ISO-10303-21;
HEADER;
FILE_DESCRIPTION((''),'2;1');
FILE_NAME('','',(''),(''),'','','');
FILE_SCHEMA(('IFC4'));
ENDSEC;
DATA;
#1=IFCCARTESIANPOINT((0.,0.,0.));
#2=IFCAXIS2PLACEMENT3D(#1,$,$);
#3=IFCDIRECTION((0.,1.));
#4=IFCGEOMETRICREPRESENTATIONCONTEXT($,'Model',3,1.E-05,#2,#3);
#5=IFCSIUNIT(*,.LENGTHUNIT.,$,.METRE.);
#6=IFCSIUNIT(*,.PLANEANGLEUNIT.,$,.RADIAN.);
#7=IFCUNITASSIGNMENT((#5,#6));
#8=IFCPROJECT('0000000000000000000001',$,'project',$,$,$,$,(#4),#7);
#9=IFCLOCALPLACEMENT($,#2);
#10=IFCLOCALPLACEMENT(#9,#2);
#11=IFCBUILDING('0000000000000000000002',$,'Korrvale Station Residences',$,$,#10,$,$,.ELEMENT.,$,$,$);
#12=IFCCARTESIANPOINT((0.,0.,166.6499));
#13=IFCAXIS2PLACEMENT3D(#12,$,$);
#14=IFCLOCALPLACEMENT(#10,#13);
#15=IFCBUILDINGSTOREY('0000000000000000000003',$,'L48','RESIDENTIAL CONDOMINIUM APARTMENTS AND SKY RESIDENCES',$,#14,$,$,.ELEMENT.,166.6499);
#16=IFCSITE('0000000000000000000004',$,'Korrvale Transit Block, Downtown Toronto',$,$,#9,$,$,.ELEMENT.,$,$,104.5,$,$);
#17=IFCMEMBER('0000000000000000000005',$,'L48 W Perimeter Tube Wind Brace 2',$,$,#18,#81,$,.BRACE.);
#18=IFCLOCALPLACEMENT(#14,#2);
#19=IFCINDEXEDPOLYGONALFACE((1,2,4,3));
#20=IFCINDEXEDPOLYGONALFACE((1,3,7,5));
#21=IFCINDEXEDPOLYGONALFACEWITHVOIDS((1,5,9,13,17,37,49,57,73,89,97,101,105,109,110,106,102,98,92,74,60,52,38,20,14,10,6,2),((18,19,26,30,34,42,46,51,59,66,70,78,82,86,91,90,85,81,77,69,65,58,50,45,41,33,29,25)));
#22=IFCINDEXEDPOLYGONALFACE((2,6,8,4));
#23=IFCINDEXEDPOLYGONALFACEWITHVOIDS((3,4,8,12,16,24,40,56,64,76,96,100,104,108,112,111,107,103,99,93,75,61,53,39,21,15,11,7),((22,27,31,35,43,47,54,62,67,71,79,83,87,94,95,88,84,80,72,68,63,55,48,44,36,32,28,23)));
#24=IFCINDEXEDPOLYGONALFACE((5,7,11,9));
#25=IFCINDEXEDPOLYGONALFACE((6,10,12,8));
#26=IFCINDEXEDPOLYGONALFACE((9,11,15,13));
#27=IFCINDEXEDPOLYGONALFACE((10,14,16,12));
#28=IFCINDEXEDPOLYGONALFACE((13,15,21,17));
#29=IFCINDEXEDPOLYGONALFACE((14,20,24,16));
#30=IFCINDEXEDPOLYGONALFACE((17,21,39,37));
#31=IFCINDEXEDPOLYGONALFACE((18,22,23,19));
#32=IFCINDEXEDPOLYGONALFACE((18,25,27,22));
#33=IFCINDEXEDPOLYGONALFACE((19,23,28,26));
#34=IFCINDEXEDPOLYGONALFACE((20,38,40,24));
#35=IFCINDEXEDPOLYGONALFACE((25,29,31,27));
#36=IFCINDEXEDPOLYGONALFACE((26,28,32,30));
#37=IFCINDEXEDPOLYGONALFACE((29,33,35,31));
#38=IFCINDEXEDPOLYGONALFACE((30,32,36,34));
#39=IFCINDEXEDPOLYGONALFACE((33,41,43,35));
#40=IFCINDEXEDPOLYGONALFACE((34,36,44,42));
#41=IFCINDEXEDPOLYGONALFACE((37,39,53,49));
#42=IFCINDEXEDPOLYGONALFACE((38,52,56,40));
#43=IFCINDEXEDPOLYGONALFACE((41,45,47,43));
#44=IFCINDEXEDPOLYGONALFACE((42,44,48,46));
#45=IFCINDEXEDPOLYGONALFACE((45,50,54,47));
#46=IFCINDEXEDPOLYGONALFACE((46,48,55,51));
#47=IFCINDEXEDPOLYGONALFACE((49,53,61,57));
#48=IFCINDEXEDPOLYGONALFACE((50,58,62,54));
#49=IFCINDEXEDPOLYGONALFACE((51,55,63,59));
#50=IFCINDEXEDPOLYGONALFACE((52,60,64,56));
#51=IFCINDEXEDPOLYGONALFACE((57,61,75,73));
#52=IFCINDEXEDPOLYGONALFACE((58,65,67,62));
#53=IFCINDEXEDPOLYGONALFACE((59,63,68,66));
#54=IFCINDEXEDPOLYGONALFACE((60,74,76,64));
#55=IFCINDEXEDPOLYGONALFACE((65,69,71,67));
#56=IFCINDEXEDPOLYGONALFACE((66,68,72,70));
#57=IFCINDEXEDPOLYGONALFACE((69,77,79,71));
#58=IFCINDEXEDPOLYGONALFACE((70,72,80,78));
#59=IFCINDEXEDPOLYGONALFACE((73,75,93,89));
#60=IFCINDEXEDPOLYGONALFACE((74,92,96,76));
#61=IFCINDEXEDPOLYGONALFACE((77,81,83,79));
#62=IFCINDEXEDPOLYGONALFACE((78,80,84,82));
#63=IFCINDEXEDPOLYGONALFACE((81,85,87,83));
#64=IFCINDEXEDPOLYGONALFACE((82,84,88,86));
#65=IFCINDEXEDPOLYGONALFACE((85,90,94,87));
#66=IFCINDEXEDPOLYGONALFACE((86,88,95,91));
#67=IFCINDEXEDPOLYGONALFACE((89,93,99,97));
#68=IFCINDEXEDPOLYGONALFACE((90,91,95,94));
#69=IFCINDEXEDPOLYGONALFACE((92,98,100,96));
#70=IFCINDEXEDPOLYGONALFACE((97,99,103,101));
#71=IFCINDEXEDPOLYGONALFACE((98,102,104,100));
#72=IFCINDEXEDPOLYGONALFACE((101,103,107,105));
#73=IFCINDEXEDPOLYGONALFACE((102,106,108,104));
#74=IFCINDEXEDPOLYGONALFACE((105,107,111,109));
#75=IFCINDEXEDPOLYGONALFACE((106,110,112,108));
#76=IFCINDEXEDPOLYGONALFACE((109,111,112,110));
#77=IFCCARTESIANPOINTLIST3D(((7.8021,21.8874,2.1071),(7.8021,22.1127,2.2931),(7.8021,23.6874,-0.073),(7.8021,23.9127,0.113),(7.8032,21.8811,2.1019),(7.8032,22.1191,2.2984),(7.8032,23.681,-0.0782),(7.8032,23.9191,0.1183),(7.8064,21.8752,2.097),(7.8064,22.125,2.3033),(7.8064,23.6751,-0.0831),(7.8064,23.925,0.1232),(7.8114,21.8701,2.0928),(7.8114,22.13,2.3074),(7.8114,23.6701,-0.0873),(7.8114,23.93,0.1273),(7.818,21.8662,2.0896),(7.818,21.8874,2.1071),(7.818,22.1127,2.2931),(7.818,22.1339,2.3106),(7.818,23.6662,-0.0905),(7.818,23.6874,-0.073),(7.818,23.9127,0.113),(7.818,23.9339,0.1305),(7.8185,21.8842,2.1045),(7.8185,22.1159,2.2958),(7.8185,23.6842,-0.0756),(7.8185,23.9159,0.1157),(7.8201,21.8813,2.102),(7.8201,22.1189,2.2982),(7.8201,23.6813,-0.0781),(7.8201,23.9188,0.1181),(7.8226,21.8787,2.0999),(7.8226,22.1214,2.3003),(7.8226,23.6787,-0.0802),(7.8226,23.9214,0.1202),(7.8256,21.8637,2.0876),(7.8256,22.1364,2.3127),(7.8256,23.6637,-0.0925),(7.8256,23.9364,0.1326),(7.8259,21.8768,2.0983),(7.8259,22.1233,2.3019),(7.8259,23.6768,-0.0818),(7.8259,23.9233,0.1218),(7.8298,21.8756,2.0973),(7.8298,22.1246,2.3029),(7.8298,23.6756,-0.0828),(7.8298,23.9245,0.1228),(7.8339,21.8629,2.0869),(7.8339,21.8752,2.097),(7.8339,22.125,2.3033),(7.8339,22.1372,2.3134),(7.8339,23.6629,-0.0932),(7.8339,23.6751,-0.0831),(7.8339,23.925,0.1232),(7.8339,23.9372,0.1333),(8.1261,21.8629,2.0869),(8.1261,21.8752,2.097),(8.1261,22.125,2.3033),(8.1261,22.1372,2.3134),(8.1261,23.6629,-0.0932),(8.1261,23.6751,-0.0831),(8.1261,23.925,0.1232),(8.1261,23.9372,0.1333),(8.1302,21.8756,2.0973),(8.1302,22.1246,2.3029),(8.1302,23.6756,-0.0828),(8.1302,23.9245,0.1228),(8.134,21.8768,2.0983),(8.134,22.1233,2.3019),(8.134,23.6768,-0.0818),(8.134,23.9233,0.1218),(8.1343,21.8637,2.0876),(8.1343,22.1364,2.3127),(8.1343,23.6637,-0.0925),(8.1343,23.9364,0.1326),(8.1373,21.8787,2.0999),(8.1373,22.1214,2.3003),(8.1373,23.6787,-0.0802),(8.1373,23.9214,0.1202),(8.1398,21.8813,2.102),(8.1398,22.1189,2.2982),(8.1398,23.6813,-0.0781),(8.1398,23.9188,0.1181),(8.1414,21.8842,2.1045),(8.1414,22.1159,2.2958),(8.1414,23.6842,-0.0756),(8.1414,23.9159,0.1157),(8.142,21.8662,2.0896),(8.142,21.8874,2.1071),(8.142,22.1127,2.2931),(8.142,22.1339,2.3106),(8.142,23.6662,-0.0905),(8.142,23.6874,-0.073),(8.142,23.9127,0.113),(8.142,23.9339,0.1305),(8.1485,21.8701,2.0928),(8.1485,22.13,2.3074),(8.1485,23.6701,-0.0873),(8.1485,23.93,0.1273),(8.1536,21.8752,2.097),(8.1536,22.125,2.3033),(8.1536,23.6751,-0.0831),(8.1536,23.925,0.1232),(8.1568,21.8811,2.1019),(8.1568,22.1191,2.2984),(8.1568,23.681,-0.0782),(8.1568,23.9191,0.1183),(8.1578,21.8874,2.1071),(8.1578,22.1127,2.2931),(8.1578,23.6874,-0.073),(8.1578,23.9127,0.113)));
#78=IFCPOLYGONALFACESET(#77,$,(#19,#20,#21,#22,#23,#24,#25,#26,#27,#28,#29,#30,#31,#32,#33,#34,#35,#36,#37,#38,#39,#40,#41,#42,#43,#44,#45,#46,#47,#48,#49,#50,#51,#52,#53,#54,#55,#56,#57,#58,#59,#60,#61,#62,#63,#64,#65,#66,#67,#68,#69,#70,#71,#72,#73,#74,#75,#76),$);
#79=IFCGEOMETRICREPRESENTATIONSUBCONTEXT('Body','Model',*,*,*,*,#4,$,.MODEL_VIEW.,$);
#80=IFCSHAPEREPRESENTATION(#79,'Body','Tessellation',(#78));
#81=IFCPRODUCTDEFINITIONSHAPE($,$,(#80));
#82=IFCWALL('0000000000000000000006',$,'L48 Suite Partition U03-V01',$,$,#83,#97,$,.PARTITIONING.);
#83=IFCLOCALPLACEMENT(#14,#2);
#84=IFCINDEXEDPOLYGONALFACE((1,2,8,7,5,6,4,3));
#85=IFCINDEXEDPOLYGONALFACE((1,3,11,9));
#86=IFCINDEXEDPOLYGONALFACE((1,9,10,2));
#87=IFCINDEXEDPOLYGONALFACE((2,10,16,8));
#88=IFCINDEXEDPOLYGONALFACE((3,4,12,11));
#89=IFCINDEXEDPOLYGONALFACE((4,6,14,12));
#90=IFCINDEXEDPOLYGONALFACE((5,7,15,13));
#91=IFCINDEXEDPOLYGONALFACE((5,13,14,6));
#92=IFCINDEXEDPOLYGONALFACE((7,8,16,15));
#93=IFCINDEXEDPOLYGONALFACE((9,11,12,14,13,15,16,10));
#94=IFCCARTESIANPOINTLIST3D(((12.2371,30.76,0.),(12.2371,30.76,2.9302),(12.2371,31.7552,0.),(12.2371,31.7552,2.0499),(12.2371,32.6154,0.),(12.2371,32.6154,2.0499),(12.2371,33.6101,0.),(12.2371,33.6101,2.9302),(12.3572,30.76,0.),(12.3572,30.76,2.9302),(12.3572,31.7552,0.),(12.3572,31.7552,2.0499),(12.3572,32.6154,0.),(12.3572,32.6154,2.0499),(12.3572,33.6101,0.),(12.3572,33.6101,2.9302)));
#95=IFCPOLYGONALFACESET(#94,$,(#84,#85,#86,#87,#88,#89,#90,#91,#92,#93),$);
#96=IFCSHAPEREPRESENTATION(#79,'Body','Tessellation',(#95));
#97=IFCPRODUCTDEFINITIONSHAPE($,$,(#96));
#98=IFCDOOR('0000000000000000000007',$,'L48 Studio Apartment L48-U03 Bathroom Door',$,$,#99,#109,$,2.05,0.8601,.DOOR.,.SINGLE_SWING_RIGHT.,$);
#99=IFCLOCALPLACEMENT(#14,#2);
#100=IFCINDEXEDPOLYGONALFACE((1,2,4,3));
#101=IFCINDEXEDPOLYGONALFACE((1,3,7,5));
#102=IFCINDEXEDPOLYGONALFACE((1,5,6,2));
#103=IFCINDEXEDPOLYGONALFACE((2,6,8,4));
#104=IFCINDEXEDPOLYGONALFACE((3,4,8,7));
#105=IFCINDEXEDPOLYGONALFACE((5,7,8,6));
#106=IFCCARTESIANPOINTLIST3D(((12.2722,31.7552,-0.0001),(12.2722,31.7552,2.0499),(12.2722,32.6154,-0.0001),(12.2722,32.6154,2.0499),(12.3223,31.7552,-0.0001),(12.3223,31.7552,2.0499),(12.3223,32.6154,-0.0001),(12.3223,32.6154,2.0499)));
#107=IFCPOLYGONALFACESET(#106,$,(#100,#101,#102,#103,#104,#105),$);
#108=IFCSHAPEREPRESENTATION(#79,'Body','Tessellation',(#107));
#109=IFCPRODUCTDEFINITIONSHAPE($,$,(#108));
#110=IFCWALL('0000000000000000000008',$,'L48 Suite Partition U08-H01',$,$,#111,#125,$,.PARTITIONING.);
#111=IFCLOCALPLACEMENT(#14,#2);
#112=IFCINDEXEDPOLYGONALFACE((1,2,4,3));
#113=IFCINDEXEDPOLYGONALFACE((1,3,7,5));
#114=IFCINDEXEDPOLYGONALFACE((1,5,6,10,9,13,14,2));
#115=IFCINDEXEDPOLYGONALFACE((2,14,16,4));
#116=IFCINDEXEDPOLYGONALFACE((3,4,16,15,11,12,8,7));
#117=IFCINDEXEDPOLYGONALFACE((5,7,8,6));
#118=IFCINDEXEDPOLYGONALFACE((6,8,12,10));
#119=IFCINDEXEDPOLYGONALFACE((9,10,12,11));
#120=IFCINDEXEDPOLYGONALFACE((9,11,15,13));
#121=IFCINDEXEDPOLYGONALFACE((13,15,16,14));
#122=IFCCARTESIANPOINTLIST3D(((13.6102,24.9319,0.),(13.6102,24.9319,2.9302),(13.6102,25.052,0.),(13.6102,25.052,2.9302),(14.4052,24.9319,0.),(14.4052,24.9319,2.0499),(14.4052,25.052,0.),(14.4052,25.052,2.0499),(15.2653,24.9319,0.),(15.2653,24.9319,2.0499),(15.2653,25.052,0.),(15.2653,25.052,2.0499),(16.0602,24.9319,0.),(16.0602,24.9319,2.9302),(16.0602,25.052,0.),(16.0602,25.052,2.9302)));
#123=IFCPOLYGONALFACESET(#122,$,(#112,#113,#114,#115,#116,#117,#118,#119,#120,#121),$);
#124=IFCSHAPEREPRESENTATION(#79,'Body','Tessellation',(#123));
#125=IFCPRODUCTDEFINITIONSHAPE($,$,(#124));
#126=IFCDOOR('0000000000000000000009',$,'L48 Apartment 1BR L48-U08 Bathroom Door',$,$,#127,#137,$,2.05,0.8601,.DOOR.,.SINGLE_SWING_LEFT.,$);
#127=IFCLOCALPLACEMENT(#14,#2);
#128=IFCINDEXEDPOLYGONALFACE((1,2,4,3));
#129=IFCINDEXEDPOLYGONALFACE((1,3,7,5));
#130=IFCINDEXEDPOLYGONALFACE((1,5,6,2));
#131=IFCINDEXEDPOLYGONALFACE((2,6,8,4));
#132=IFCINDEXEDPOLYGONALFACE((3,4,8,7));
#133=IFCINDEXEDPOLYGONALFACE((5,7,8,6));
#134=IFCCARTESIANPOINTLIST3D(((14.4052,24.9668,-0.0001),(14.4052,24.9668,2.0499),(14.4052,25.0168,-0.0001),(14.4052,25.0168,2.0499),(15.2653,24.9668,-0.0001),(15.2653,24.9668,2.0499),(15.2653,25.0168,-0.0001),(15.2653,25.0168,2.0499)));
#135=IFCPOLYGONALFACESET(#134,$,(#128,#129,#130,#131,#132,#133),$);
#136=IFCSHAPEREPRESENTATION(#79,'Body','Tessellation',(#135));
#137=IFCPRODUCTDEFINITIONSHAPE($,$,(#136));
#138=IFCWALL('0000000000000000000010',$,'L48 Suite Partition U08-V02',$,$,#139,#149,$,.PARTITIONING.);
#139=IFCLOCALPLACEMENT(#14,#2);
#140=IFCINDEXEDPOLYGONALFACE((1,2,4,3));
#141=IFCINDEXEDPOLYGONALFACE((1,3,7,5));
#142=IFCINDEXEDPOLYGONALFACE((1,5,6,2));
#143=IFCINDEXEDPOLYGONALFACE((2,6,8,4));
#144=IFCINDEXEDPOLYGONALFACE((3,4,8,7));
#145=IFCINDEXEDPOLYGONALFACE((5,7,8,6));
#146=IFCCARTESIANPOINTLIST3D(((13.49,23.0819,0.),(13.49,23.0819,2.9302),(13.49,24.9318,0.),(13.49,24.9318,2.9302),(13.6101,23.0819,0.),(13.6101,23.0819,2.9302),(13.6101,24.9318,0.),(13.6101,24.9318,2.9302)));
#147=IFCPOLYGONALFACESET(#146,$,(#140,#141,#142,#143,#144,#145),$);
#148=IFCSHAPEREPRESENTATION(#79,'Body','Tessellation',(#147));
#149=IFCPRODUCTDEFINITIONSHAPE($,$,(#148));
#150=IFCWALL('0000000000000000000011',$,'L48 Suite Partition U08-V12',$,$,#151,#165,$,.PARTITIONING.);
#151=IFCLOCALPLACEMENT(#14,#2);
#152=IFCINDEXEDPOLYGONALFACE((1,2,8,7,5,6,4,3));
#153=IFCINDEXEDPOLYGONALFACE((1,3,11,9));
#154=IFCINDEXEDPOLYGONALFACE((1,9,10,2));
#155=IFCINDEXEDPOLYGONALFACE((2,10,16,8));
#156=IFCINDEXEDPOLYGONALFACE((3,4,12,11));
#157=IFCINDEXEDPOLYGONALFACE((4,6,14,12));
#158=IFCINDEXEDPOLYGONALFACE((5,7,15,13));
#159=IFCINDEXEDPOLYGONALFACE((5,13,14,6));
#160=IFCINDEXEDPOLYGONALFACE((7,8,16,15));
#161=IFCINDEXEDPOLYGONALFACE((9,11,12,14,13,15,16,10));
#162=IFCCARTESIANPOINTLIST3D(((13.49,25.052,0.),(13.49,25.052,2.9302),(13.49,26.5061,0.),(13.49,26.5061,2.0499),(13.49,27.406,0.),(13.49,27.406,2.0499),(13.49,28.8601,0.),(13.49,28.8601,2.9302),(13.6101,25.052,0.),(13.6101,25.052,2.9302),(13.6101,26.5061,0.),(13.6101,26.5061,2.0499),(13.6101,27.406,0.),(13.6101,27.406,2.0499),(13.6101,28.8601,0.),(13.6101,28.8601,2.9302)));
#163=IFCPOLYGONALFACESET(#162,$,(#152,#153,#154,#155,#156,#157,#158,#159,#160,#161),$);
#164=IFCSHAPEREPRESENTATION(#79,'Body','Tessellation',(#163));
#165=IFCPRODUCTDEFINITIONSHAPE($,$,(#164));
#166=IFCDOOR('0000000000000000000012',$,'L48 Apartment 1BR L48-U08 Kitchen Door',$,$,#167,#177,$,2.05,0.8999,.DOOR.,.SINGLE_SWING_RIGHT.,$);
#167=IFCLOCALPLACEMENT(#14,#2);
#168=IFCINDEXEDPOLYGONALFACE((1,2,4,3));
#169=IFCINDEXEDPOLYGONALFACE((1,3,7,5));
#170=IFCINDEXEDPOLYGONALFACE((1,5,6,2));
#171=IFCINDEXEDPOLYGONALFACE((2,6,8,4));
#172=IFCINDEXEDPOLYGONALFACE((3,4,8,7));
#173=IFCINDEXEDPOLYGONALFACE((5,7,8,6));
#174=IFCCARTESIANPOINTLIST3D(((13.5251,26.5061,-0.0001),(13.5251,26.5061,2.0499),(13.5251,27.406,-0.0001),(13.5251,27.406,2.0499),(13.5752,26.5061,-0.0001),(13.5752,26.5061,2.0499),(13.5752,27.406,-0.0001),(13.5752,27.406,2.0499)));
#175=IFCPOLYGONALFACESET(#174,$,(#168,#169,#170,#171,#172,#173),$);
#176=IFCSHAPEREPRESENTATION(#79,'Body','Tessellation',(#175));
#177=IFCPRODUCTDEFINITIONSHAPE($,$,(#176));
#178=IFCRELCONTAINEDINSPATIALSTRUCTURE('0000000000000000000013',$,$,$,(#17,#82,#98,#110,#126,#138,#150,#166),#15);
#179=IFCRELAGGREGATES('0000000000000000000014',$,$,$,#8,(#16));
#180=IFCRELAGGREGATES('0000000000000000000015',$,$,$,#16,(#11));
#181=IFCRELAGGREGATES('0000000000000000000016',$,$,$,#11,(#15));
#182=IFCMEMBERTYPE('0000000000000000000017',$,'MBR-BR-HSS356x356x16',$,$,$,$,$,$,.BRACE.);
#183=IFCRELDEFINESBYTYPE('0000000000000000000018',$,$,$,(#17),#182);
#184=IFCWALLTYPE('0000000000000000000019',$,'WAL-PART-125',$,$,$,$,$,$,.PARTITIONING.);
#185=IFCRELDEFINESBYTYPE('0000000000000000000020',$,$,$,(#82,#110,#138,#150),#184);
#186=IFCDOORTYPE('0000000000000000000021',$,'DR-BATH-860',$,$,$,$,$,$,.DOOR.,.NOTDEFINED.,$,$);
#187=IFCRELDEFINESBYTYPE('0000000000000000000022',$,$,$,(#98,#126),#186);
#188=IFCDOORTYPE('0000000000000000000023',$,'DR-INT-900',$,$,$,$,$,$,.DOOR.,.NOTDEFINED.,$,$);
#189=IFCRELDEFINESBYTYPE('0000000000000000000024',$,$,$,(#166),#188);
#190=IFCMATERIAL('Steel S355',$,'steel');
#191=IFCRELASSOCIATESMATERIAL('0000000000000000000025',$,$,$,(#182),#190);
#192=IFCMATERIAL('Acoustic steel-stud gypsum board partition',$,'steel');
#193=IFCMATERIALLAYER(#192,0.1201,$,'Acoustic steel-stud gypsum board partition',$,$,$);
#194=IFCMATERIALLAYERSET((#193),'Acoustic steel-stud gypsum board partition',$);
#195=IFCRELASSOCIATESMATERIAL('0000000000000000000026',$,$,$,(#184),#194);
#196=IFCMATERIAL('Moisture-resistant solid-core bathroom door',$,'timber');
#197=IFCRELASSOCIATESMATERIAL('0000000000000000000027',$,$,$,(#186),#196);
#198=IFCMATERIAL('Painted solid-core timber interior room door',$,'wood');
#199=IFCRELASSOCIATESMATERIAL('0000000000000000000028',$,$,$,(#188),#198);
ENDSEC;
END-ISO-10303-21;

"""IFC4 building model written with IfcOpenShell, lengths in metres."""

from ifc_helpers import new_model, si_unit, direction, frame, frame_2d, origin, origin_2d, place, context, subcontext, project, spatial, rectangle, hollow_rectangle, extrude, material, layer, layer_set, material_profile, profile_set, type_object, element, fill, save


model = new_model("IFC4")

# Units and contexts
model_context = context("Model", 3, precision=1e-05, world=origin(), true_north=direction((0.0, 1.0)))
body_context = subcontext(model_context, "Body", "Model", "MODEL_VIEW")
ifc_project = project(units=[si_unit("LENGTHUNIT", "METRE"), si_unit("PLANEANGLEUNIT", "RADIAN")], contexts=[model_context])

# Site, building, storey
site_placement = place(None, origin())
site = spatial("IfcSite", under=ifc_project, at=site_placement, Name="Korrvale Transit Block, Downtown Toronto", CompositionType="ELEMENT", RefElevation=104.5)
building_placement = place(site_placement, origin())
building = spatial("IfcBuilding", under=site, at=building_placement, Name="Korrvale Station Residences", CompositionType="ELEMENT")
storey_placement = place(building_placement, frame((0.0, 0.0, 166.6499)))
storey = spatial("IfcBuildingStorey", under=building, at=storey_placement, Name="L48", Description="RESIDENTIAL CONDOMINIUM APARTMENTS AND SKY RESIDENCES", CompositionType="ELEMENT", Elevation=166.6499)

# Shared definitions
ifc_material_1 = material(Name="Steel S355", Category="steel")

# Member
ifc_material_profile_1 = material_profile(ifc_material_1, hollow_rectangle(XDim=0.3557, YDim=0.3557, WallThickness=0.0159, InnerFilletRadius=0.0159, OuterFilletRadius=0.0317, at=origin_2d()), Name="HSS356x356x16")
ifc_profile_set_1 = profile_set([ifc_material_profile_1], Name="Steel S355")
member_type = type_object("IfcMemberType", Name="MBR-BR-HSS356x356x16", PredefinedType="BRACE", material=ifc_profile_set_1)
member_placement = place(storey_placement, frame((7.98, 23.8, 0.02), z_axis=(0.0, -0.636678, 0.771129), x_axis=(1.0, 0.0, 0.0)))
element("IfcMember", 1, at=member_placement, inside=storey, type_object=member_type, Name="L48 W Perimeter Tube Wind Brace 2", PredefinedType="BRACE", context=body_context, shape_type="SweptSolid", body=[
    extrude(hollow_rectangle(XDim=0.3557, YDim=0.3557, WallThickness=0.0159, InnerFilletRadius=0.0159, OuterFilletRadius=0.0317, at=origin_2d()), origin(), (0.0, 0.0, 1.0), 2.8271),
])

# Walls, openings, doors
ifc_material_2 = material(Name="Acoustic steel-stud gypsum board partition", Category="steel")
ifc_layer_1 = layer(ifc_material_2, 0.1201, Name="Acoustic steel-stud gypsum board partition")
ifc_layer_set_1 = layer_set([ifc_layer_1], Name="Acoustic steel-stud gypsum board partition")
wall_type_1 = type_object("IfcWallType", Name="WAL-PART-125", PredefinedType="PARTITIONING", material=ifc_layer_set_1)
wall_1_placement = place(storey_placement, frame((12.2971, 30.76, 0.0), z_axis=(0.0, 0.0, 1.0), x_axis=(0.0, 1.0, 0.0)))
wall_1 = element("IfcWall", 2, at=wall_1_placement, inside=storey, type_object=wall_type_1, Name="L48 Suite Partition U03-V01", PredefinedType="PARTITIONING", context=body_context, shape_type="SweptSolid", body=[
    extrude(rectangle(XDim=2.8501, YDim=0.1201, at=frame_2d((1.425, 0.0))), origin(), (0.0, 0.0, 1.0), 2.9302),
])
opening_1_placement = place(wall_1_placement, frame((0.9951, 0.0, 0.0)))
opening_1 = element("IfcOpeningElement", 3, at=opening_1_placement, cuts=wall_1, PredefinedType="OPENING", context=body_context, shape_type="SweptSolid", body=[
    extrude(rectangle(XDim=0.8601, YDim=2.05, at=frame_2d((0.4302, 1.0249))), frame((0.0, 0.0701, 0.0), z_axis=(0.0, -1.0, 0.0), x_axis=(1.0, 0.0, 0.0)), (0.0, 0.0, 1.0), 0.1401),
])
ifc_material_3 = material(Name="Moisture-resistant solid-core bathroom door", Category="timber")
door_type_1 = type_object("IfcDoorType", Name="DR-BATH-860", OperationType="NOTDEFINED", PredefinedType="DOOR", material=ifc_material_3)
door_1_placement = place(opening_1_placement, origin())
door_1 = element("IfcDoor", 4, at=door_1_placement, inside=storey, type_object=door_type_1, Name="L48 Studio Apartment L48-U03 Bathroom Door", OperationType="SINGLE_SWING_RIGHT", OverallHeight=2.05, OverallWidth=0.8601, PredefinedType="DOOR", context=body_context, shape_type="SweptSolid", body=[
    extrude(rectangle(XDim=0.8601, YDim=2.05, at=frame_2d((0.4302, 1.0249))), frame((0.0, 0.0249, 0.0), z_axis=(0.0, -1.0, 0.0), x_axis=(1.0, 0.0, 0.0)), (0.0, 0.0, 1.0), 0.05),
])
fill(opening_1, door_1)
wall_2_placement = place(storey_placement, frame((13.6101, 24.9919, 0.0), z_axis=(0.0, 0.0, 1.0), x_axis=(1.0, 0.0, 0.0)))
wall_2 = element("IfcWall", 5, at=wall_2_placement, inside=storey, type_object=wall_type_1, Name="L48 Suite Partition U08-H01", PredefinedType="PARTITIONING", context=body_context, shape_type="SweptSolid", body=[
    extrude(rectangle(XDim=2.45, YDim=0.1201, at=frame_2d((1.2251, 0.0))), origin(), (0.0, 0.0, 1.0), 2.9302),
])
opening_2_placement = place(wall_2_placement, frame((0.7949, 0.0, 0.0)))
opening_2 = element("IfcOpeningElement", 6, at=opening_2_placement, cuts=wall_2, PredefinedType="OPENING", context=body_context, shape_type="SweptSolid", body=[
    extrude(rectangle(XDim=0.8601, YDim=2.05, at=frame_2d((0.4302, 1.0249))), frame((0.0, 0.0701, 0.0), z_axis=(0.0, -1.0, 0.0), x_axis=(1.0, 0.0, 0.0)), (0.0, 0.0, 1.0), 0.1401),
])
door_2_placement = place(opening_2_placement, origin())
door_2 = element("IfcDoor", 7, at=door_2_placement, inside=storey, type_object=door_type_1, Name="L48 Apartment 1BR L48-U08 Bathroom Door", OperationType="SINGLE_SWING_LEFT", OverallHeight=2.05, OverallWidth=0.8601, PredefinedType="DOOR", context=body_context, shape_type="SweptSolid", body=[
    extrude(rectangle(XDim=0.8601, YDim=2.05, at=frame_2d((0.4302, 1.0249))), frame((0.0, 0.0249, 0.0), z_axis=(0.0, -1.0, 0.0), x_axis=(1.0, 0.0, 0.0)), (0.0, 0.0, 1.0), 0.05),
])
fill(opening_2, door_2)

# Wall
wall_3_placement = place(storey_placement, frame((13.55, 23.082, 0.0), z_axis=(0.0, 0.0, 1.0), x_axis=(0.0, 1.0, 0.0)))
element("IfcWall", 8, at=wall_3_placement, inside=storey, type_object=wall_type_1, Name="L48 Suite Partition U08-V02", PredefinedType="PARTITIONING", context=body_context, shape_type="SweptSolid", body=[
    extrude(rectangle(XDim=1.8499, YDim=0.1201, at=frame_2d((0.9248, 0.0))), origin(), (0.0, 0.0, 1.0), 2.9302),
])

# Wall, opening, door
wall_4_placement = place(storey_placement, frame((13.55, 25.052, 0.0), z_axis=(0.0, 0.0, 1.0), x_axis=(0.0, 1.0, 0.0)))
wall_4 = element("IfcWall", 9, at=wall_4_placement, inside=storey, type_object=wall_type_1, Name="L48 Suite Partition U08-V12", PredefinedType="PARTITIONING", context=body_context, shape_type="SweptSolid", body=[
    extrude(rectangle(XDim=3.8081, YDim=0.1201, at=frame_2d((1.9041, 0.0))), origin(), (0.0, 0.0, 1.0), 2.9302),
])
opening_3_placement = place(wall_4_placement, frame((1.4541, 0.0, 0.0)))
opening_3 = element("IfcOpeningElement", 10, at=opening_3_placement, cuts=wall_4, PredefinedType="OPENING", context=body_context, shape_type="SweptSolid", body=[
    extrude(rectangle(XDim=0.8999, YDim=2.05, at=frame_2d((0.45, 1.0249))), frame((0.0, 0.0701, 0.0), z_axis=(0.0, -1.0, 0.0), x_axis=(1.0, 0.0, 0.0)), (0.0, 0.0, 1.0), 0.1401),
])
ifc_material_4 = material(Name="Painted solid-core timber interior room door", Category="wood")
door_type_2 = type_object("IfcDoorType", Name="DR-INT-900", OperationType="NOTDEFINED", PredefinedType="DOOR", material=ifc_material_4)
door_3_placement = place(opening_3_placement, origin())
door_3 = element("IfcDoor", 11, at=door_3_placement, inside=storey, type_object=door_type_2, Name="L48 Apartment 1BR L48-U08 Kitchen Door", OperationType="SINGLE_SWING_RIGHT", OverallHeight=2.05, OverallWidth=0.8999, PredefinedType="DOOR", context=body_context, shape_type="SweptSolid", body=[
    extrude(rectangle(XDim=0.8999, YDim=2.05, at=frame_2d((0.45, 1.0249))), frame((0.0, 0.0249, 0.0), z_axis=(0.0, -1.0, 0.0), x_axis=(1.0, 0.0, 0.0)), (0.0, 0.0, 1.0), 0.05),
])
fill(opening_3, door_3)

save(model, "model.ifc")
